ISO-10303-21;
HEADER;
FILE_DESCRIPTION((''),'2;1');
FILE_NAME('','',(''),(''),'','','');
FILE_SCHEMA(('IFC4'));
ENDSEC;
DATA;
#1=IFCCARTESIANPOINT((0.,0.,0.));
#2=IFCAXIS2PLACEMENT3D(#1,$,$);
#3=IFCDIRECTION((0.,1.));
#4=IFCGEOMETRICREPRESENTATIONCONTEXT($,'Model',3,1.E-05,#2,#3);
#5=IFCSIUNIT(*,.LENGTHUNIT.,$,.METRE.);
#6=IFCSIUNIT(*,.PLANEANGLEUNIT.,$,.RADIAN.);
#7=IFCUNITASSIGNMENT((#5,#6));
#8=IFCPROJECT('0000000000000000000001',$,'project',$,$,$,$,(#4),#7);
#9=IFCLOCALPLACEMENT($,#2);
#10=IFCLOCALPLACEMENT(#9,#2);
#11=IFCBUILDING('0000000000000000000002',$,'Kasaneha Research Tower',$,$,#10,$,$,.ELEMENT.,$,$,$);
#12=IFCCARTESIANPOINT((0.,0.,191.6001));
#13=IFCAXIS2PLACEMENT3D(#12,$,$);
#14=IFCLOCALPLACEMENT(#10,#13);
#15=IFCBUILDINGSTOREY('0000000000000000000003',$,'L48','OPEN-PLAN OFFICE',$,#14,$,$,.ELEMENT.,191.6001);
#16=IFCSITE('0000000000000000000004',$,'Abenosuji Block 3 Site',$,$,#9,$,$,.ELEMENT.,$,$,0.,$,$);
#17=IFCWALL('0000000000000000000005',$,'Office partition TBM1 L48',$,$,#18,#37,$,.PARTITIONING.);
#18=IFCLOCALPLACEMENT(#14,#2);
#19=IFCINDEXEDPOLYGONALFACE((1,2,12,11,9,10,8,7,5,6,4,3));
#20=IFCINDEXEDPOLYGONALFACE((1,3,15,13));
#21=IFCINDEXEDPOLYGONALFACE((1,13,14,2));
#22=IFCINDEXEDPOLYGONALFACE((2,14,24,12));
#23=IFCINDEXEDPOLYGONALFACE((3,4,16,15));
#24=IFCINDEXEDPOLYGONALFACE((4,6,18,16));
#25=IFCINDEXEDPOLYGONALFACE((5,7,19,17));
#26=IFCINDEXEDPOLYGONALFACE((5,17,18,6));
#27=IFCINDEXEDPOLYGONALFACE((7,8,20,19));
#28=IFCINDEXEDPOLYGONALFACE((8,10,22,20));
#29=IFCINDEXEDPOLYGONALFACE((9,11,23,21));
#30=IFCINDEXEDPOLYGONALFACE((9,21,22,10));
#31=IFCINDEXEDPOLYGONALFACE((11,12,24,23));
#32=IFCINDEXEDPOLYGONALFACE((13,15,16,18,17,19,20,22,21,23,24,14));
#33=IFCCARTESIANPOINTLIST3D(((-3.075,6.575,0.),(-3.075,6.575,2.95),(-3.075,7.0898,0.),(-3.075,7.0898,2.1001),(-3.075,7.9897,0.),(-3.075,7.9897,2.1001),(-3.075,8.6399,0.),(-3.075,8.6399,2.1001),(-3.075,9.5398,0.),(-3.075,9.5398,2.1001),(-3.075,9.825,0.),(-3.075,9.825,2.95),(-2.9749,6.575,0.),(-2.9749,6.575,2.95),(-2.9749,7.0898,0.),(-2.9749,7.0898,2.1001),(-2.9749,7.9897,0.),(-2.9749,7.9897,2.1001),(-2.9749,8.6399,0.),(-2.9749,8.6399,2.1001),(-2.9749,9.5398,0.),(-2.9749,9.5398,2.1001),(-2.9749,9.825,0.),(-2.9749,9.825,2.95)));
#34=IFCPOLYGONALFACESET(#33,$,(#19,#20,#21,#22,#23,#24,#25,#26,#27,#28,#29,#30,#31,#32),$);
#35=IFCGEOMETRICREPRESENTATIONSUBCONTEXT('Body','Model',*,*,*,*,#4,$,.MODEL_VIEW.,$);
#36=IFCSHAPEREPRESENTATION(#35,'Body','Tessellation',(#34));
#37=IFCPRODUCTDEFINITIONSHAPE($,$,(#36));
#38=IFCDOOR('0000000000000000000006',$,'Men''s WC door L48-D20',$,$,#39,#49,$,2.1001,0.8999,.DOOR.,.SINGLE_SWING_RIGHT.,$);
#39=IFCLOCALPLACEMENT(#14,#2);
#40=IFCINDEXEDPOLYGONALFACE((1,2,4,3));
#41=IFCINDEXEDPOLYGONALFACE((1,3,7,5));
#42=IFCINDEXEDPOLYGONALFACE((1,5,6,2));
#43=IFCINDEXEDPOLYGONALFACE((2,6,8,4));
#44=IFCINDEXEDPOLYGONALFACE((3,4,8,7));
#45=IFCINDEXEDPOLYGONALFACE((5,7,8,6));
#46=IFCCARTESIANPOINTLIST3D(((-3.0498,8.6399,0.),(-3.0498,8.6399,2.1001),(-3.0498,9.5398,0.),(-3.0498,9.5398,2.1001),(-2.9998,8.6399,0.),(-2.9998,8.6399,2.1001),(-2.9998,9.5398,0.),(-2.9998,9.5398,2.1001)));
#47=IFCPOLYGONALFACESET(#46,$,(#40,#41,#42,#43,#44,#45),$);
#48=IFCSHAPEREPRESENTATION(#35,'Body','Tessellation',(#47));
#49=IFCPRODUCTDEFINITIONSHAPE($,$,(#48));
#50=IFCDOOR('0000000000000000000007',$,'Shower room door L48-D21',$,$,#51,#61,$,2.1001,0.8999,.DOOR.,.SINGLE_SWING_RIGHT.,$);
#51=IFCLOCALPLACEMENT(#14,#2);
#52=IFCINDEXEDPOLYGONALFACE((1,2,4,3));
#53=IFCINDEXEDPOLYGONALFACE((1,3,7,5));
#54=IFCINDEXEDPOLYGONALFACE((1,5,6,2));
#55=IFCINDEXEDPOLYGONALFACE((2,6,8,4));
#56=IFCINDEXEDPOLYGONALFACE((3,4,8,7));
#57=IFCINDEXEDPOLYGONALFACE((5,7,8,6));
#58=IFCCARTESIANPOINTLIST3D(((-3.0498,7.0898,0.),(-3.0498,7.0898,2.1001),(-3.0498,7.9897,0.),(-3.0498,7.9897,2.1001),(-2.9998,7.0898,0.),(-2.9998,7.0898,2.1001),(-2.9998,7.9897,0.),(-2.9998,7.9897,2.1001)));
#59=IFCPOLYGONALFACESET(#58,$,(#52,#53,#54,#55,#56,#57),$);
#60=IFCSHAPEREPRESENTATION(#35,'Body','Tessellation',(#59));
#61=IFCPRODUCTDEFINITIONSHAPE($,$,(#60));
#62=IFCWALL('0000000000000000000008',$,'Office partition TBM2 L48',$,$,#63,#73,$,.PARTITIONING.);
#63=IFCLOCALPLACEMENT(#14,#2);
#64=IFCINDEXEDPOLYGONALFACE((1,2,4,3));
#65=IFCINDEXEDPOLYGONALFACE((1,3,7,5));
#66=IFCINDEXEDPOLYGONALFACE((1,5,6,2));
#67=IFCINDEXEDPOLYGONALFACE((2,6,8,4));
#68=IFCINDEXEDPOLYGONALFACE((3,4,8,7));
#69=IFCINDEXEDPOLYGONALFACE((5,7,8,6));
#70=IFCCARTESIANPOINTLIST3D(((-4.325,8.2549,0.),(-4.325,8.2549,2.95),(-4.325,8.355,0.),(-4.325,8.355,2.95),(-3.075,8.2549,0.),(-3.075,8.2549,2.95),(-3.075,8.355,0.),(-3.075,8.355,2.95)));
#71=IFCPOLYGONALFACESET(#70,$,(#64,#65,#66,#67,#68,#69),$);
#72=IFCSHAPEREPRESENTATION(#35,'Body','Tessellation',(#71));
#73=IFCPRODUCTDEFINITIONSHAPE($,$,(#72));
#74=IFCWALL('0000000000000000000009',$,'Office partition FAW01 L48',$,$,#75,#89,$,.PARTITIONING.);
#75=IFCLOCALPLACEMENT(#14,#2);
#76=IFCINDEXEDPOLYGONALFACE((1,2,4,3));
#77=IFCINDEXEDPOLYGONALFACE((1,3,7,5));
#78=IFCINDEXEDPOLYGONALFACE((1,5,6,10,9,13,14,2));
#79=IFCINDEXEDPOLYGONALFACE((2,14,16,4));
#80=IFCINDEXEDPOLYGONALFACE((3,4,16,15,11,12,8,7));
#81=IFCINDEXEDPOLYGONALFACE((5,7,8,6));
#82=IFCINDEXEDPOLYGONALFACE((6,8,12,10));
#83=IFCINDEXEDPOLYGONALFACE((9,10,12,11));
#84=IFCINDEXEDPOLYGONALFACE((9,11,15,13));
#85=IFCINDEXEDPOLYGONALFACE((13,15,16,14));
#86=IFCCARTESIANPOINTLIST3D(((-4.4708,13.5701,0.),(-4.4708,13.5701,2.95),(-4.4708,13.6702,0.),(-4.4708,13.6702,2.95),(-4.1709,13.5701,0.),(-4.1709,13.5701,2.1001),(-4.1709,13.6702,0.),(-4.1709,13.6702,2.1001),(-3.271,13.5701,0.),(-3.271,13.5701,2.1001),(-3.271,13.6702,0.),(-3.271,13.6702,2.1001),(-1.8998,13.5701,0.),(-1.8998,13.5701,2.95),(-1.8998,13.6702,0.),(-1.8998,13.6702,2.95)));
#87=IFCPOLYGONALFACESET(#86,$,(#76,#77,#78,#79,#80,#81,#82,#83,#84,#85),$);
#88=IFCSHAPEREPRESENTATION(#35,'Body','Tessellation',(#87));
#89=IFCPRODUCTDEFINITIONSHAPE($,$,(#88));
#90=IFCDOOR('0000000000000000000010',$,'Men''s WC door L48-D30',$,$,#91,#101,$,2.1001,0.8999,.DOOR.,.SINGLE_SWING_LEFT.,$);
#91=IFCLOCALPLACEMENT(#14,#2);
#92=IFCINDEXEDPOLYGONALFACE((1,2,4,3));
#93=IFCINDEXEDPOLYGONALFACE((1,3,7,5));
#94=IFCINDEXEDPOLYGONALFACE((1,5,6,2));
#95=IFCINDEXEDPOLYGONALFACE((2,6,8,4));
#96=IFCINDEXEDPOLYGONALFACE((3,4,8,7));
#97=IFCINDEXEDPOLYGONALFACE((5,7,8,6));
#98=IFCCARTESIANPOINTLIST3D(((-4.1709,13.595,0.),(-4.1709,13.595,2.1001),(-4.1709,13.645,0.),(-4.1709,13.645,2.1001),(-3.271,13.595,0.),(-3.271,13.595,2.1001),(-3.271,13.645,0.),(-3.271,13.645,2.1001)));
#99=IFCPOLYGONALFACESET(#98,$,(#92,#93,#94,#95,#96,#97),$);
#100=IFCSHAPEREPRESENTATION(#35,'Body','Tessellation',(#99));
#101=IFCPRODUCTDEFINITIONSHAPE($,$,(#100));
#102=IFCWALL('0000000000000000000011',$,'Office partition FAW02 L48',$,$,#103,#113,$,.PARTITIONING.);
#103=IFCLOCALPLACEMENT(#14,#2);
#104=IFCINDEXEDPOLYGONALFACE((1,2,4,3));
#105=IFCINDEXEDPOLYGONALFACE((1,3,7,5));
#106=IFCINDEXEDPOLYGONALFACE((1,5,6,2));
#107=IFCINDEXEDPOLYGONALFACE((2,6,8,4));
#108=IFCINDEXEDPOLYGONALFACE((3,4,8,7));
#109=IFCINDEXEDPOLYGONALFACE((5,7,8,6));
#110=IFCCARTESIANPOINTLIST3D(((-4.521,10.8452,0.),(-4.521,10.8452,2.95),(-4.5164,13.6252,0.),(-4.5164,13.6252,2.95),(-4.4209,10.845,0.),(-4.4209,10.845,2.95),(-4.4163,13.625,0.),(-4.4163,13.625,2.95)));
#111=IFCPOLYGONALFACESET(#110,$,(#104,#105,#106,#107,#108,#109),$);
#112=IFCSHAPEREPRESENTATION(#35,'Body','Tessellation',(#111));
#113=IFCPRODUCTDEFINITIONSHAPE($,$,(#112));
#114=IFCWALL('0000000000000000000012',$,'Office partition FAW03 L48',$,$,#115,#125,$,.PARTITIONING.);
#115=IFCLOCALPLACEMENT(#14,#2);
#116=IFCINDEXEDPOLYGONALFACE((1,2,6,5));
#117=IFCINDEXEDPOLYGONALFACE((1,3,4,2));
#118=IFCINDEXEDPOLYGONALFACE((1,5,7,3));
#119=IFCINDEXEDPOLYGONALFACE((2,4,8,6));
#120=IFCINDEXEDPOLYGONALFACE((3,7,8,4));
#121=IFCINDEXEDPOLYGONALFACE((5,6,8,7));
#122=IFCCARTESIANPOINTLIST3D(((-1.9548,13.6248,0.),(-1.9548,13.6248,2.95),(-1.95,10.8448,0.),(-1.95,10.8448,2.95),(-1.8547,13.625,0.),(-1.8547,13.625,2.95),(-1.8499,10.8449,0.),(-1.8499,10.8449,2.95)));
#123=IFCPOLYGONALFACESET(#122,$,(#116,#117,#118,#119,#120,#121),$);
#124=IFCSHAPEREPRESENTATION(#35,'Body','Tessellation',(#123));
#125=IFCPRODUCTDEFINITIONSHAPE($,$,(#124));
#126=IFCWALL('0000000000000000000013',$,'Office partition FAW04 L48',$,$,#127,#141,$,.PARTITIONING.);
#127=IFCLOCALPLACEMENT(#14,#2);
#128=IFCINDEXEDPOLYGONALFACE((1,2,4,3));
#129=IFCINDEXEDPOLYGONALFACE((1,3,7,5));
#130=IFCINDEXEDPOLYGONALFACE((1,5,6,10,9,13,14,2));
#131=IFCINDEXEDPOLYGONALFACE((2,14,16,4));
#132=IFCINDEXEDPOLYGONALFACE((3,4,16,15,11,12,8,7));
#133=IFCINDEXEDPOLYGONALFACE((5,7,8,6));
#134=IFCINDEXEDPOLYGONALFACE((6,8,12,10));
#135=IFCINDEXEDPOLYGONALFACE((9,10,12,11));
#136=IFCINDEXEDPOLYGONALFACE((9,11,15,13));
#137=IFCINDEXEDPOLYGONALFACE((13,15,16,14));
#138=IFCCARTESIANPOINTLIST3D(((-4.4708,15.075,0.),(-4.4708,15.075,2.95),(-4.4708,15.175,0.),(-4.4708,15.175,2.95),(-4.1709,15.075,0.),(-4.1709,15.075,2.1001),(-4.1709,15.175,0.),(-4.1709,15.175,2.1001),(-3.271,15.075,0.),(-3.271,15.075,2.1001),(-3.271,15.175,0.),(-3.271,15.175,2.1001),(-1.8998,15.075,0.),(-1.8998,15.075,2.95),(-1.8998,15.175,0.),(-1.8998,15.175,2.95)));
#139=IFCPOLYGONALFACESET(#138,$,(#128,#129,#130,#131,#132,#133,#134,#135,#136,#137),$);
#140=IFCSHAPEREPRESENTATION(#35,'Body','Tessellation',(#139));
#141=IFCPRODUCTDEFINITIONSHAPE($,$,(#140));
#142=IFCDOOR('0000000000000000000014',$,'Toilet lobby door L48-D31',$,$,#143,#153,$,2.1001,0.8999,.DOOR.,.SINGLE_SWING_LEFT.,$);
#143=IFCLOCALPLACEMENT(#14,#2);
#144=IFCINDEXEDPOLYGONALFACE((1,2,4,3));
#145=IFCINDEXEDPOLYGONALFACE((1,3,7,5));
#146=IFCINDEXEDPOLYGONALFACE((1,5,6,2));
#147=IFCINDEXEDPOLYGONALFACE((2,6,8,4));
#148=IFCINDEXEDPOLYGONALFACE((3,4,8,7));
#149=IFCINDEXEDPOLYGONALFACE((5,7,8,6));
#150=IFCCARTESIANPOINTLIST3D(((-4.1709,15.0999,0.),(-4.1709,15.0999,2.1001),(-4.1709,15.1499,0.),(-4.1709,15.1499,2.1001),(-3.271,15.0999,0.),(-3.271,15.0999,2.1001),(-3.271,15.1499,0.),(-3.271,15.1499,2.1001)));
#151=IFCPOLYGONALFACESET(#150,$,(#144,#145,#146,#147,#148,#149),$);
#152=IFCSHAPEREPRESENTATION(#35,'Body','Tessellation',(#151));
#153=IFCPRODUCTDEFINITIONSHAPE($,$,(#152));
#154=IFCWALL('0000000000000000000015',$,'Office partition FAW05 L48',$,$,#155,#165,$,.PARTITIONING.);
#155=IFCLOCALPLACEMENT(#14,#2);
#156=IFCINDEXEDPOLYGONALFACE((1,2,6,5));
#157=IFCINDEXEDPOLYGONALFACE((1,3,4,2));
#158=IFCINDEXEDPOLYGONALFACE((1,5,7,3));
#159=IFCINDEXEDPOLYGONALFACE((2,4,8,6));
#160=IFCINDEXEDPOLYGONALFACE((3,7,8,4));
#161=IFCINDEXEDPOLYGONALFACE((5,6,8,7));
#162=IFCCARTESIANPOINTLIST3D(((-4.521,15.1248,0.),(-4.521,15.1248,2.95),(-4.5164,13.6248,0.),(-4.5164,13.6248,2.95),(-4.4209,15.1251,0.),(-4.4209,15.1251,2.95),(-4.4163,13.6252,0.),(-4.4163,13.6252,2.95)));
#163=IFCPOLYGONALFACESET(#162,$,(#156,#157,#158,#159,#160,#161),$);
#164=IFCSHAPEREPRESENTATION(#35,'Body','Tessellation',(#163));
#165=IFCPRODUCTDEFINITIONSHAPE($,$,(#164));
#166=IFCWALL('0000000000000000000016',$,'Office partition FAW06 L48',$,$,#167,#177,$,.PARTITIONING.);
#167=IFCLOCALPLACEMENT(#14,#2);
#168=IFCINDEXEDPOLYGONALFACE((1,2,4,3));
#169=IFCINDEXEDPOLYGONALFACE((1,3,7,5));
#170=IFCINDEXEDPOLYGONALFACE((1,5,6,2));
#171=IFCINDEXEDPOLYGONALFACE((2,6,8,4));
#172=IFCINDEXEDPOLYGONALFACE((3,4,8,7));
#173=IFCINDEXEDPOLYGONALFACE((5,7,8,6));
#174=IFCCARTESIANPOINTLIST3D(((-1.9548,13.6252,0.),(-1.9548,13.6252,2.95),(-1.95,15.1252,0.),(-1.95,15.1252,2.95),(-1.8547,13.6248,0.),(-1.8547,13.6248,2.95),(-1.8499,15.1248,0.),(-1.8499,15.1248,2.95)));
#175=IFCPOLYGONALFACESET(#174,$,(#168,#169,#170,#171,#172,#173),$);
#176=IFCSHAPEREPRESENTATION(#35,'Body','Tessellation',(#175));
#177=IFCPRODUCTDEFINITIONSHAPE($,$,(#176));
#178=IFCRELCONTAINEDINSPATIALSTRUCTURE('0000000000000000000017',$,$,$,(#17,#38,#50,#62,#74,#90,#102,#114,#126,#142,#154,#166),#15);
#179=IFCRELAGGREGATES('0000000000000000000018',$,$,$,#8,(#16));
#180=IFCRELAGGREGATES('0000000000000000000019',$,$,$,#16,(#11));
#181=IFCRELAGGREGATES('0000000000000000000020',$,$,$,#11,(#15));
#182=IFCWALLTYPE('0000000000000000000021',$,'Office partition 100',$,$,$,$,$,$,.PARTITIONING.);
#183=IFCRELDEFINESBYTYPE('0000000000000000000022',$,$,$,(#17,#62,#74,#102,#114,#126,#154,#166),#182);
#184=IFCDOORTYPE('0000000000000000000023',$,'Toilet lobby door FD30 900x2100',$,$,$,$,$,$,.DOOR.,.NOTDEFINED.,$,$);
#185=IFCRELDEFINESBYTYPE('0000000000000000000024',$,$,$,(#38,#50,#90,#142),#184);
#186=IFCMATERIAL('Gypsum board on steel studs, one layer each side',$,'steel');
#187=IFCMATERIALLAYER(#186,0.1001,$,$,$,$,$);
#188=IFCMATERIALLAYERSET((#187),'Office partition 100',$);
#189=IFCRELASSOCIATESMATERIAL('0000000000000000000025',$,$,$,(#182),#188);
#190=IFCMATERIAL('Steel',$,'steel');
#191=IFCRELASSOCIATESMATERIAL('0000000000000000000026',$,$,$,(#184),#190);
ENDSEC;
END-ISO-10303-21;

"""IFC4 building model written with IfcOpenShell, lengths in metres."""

from ifc_helpers import new_model, si_unit, direction, frame, frame_2d, origin, place, context, subcontext, project, spatial, rectangle, extrude, material, layer, layer_set, type_object, element, fill, save


model = new_model("IFC4")

# Units and contexts
model_context = context("Model", 3, precision=1e-05, world=origin(), true_north=direction((0.0, 1.0)))
body_context = subcontext(model_context, "Body", "Model", "MODEL_VIEW")
ifc_project = project(units=[si_unit("LENGTHUNIT", "METRE"), si_unit("PLANEANGLEUNIT", "RADIAN")], contexts=[model_context])

# Site, building, storey
site_placement = place(None, origin())
site = spatial("IfcSite", under=ifc_project, at=site_placement, Name="Abenosuji Block 3 Site", CompositionType="ELEMENT", RefElevation=0.0)
building_placement = place(site_placement, origin())
building = spatial("IfcBuilding", under=site, at=building_placement, Name="Kasaneha Research Tower", CompositionType="ELEMENT")
storey_placement = place(building_placement, frame((0.0, 0.0, 191.6001)))
storey = spatial("IfcBuildingStorey", under=building, at=storey_placement, Name="L48", Description="OPEN-PLAN OFFICE", CompositionType="ELEMENT", Elevation=191.6001)

# Wall, openings, doors
ifc_material_1 = material(Name="Gypsum board on steel studs, one layer each side", Category="steel")
ifc_layer_1 = layer(ifc_material_1, 0.1001)
ifc_layer_set_1 = layer_set([ifc_layer_1], Name="Office partition 100")
wall_type_1 = type_object("IfcWallType", Name="Office partition 100", PredefinedType="PARTITIONING", material=ifc_layer_set_1)
wall_1_placement = place(storey_placement, frame((-3.0249, 6.575, 0.0), z_axis=(0.0, 0.0, 1.0), x_axis=(0.0, 1.0, 0.0)))
wall_1 = element("IfcWall", 1, at=wall_1_placement, inside=storey, type_object=wall_type_1, Name="Office partition TBM1 L48", PredefinedType="PARTITIONING", context=body_context, shape_type="SweptSolid", body=[
    extrude(rectangle(XDim=3.25, YDim=0.1001, at=frame_2d((1.625, 0.0))), origin(), (0.0, 0.0, 1.0), 2.95),
])
opening_1_placement = place(wall_1_placement, frame((2.0649, 0.0, 0.0)))
opening_1 = element("IfcOpeningElement", 2, at=opening_1_placement, cuts=wall_1, PredefinedType="OPENING", context=body_context, shape_type="SweptSolid", body=[
    extrude(rectangle(XDim=0.8999, YDim=2.1001, at=frame_2d((0.45, 1.05))), frame((0.0, 0.0601, 0.0), z_axis=(0.0, -1.0, 0.0), x_axis=(1.0, 0.0, 0.0)), (0.0, 0.0, 1.0), 0.1201),
])
opening_2_placement = place(wall_1_placement, frame((0.5149, 0.0, 0.0)))
opening_2 = element("IfcOpeningElement", 3, at=opening_2_placement, cuts=wall_1, PredefinedType="OPENING", context=body_context, shape_type="SweptSolid", body=[
    extrude(rectangle(XDim=0.8999, YDim=2.1001, at=frame_2d((0.45, 1.05))), frame((0.0, 0.0601, 0.0), z_axis=(0.0, -1.0, 0.0), x_axis=(1.0, 0.0, 0.0)), (0.0, 0.0, 1.0), 0.1201),
])
ifc_material_2 = material(Name="Steel", Category="steel")
door_type_1 = type_object("IfcDoorType", Name="Toilet lobby door FD30 900x2100", OperationType="NOTDEFINED", PredefinedType="DOOR", material=ifc_material_2)
door_1_placement = place(opening_1_placement, origin())
door_1 = element("IfcDoor", 4, at=door_1_placement, inside=storey, type_object=door_type_1, Name="Men's WC door L48-D20", OperationType="SINGLE_SWING_RIGHT", OverallHeight=2.1001, OverallWidth=0.8999, PredefinedType="DOOR", context=body_context, shape_type="SweptSolid", body=[
    extrude(rectangle(XDim=0.8999, YDim=2.1001, at=frame_2d((0.45, 1.05))), frame((0.0, 0.0249, 0.0), z_axis=(0.0, -1.0, 0.0), x_axis=(1.0, 0.0, 0.0)), (0.0, 0.0, 1.0), 0.05),
])
fill(opening_1, door_1)
door_2_placement = place(opening_2_placement, origin())
door_2 = element("IfcDoor", 5, at=door_2_placement, inside=storey, type_object=door_type_1, Name="Shower room door L48-D21", OperationType="SINGLE_SWING_RIGHT", OverallHeight=2.1001, OverallWidth=0.8999, PredefinedType="DOOR", context=body_context, shape_type="SweptSolid", body=[
    extrude(rectangle(XDim=0.8999, YDim=2.1001, at=frame_2d((0.45, 1.05))), frame((0.0, 0.0249, 0.0), z_axis=(0.0, -1.0, 0.0), x_axis=(1.0, 0.0, 0.0)), (0.0, 0.0, 1.0), 0.05),
])
fill(opening_2, door_2)

# Wall
wall_2_placement = place(storey_placement, frame((-3.075, 8.3049, 0.0), z_axis=(0.0, 0.0, 1.0), x_axis=(-1.0, 0.0, 0.0)))
element("IfcWall", 6, at=wall_2_placement, inside=storey, type_object=wall_type_1, Name="Office partition TBM2 L48", PredefinedType="PARTITIONING", context=body_context, shape_type="SweptSolid", body=[
    extrude(rectangle(XDim=1.25, YDim=0.1001, at=frame_2d((0.625, 0.0))), origin(), (0.0, 0.0, 1.0), 2.95),
])

# Wall, opening, door
wall_3_placement = place(storey_placement, frame((-4.4709, 13.6201, 0.0), z_axis=(0.0, 0.0, 1.0), x_axis=(1.0, 0.0, 0.0)))
wall_3 = element("IfcWall", 7, at=wall_3_placement, inside=storey, type_object=wall_type_1, Name="Office partition FAW01 L48", PredefinedType="PARTITIONING", context=body_context, shape_type="SweptSolid", body=[
    extrude(rectangle(XDim=2.571, YDim=0.1001, at=frame_2d((1.2856, 0.0))), origin(), (0.0, 0.0, 1.0), 2.95),
])
opening_3_placement = place(wall_3_placement, frame((0.3, 0.0, 0.0)))
opening_3 = element("IfcOpeningElement", 8, at=opening_3_placement, cuts=wall_3, PredefinedType="OPENING", context=body_context, shape_type="SweptSolid", body=[
    extrude(rectangle(XDim=0.8999, YDim=2.1001, at=frame_2d((0.45, 1.05))), frame((0.0, 0.0601, 0.0), z_axis=(0.0, -1.0, 0.0), x_axis=(1.0, 0.0, 0.0)), (0.0, 0.0, 1.0), 0.1201),
])
door_3_placement = place(opening_3_placement, origin())
door_3 = element("IfcDoor", 9, at=door_3_placement, inside=storey, type_object=door_type_1, Name="Men's WC door L48-D30", OperationType="SINGLE_SWING_LEFT", OverallHeight=2.1001, OverallWidth=0.8999, PredefinedType="DOOR", context=body_context, shape_type="SweptSolid", body=[
    extrude(rectangle(XDim=0.8999, YDim=2.1001, at=frame_2d((0.45, 1.05))), frame((0.0, 0.0249, 0.0), z_axis=(0.0, -1.0, 0.0), x_axis=(1.0, 0.0, 0.0)), (0.0, 0.0, 1.0), 0.05),
])
fill(opening_3, door_3)

# Walls
for number, where, z_axis, x_axis, name in (
    (10, (-4.4709, 10.845, 0.0), (0.0, 0.0, 1.0), (0.001669, 0.999999, 0.0), "Office partition FAW02 L48"),
    (11, (-1.9048, 13.625, 0.0), (0.0, 0.0, 1.0), (0.001756, -0.999998, 0.0), "Office partition FAW03 L48"),
):
    element("IfcWall", number, at=place(storey_placement, frame(where, z_axis=z_axis, x_axis=x_axis)), inside=storey, type_object=wall_type_1, Name=name, PredefinedType="PARTITIONING", context=body_context, shape_type="SweptSolid", body=[
        extrude(rectangle(XDim=2.78, YDim=0.1001, at=frame_2d((1.3901, 0.0))), origin(), (0.0, 0.0, 1.0), 2.95),
    ])

# Wall, opening, door
wall_4_placement = place(storey_placement, frame((-4.4709, 15.125, 0.0), z_axis=(0.0, 0.0, 1.0), x_axis=(1.0, 0.0, 0.0)))
wall_4 = element("IfcWall", 12, at=wall_4_placement, inside=storey, type_object=wall_type_1, Name="Office partition FAW04 L48", PredefinedType="PARTITIONING", context=body_context, shape_type="SweptSolid", body=[
    extrude(rectangle(XDim=2.571, YDim=0.1001, at=frame_2d((1.2856, 0.0))), origin(), (0.0, 0.0, 1.0), 2.95),
])
opening_4_placement = place(wall_4_placement, frame((0.3, 0.0, 0.0)))
opening_4 = element("IfcOpeningElement", 13, at=opening_4_placement, cuts=wall_4, PredefinedType="OPENING", context=body_context, shape_type="SweptSolid", body=[
    extrude(rectangle(XDim=0.8999, YDim=2.1001, at=frame_2d((0.45, 1.05))), frame((0.0, 0.0601, 0.0), z_axis=(0.0, -1.0, 0.0), x_axis=(1.0, 0.0, 0.0)), (0.0, 0.0, 1.0), 0.1201),
])
door_4_placement = place(opening_4_placement, origin())
door_4 = element("IfcDoor", 14, at=door_4_placement, inside=storey, type_object=door_type_1, Name="Toilet lobby door L48-D31", OperationType="SINGLE_SWING_LEFT", OverallHeight=2.1001, OverallWidth=0.8999, PredefinedType="DOOR", context=body_context, shape_type="SweptSolid", body=[
    extrude(rectangle(XDim=0.8999, YDim=2.1001, at=frame_2d((0.45, 1.05))), frame((0.0, 0.0249, 0.0), z_axis=(0.0, -1.0, 0.0), x_axis=(1.0, 0.0, 0.0)), (0.0, 0.0, 1.0), 0.05),
])
fill(opening_4, door_4)

# Walls
for number, where, z_axis, x_axis, name in (
    (15, (-4.4663, 13.625, 0.0), (0.0, 0.0, 1.0), (-0.003092, 0.999995, 0.0), "Office partition FAW05 L48"),
    (16, (-1.8999, 15.125, 0.0), (0.0, 0.0, 1.0), (-0.003255, -0.999995, 0.0), "Office partition FAW06 L48"),
):
    element("IfcWall", number, at=place(storey_placement, frame(where, z_axis=z_axis, x_axis=x_axis)), inside=storey, type_object=wall_type_1, Name=name, PredefinedType="PARTITIONING", context=body_context, shape_type="SweptSolid", body=[
        extrude(rectangle(XDim=1.5, YDim=0.1001, at=frame_2d((0.75, 0.0))), origin(), (0.0, 0.0, 1.0), 2.95),
    ])

save(model, "model.ifc")
